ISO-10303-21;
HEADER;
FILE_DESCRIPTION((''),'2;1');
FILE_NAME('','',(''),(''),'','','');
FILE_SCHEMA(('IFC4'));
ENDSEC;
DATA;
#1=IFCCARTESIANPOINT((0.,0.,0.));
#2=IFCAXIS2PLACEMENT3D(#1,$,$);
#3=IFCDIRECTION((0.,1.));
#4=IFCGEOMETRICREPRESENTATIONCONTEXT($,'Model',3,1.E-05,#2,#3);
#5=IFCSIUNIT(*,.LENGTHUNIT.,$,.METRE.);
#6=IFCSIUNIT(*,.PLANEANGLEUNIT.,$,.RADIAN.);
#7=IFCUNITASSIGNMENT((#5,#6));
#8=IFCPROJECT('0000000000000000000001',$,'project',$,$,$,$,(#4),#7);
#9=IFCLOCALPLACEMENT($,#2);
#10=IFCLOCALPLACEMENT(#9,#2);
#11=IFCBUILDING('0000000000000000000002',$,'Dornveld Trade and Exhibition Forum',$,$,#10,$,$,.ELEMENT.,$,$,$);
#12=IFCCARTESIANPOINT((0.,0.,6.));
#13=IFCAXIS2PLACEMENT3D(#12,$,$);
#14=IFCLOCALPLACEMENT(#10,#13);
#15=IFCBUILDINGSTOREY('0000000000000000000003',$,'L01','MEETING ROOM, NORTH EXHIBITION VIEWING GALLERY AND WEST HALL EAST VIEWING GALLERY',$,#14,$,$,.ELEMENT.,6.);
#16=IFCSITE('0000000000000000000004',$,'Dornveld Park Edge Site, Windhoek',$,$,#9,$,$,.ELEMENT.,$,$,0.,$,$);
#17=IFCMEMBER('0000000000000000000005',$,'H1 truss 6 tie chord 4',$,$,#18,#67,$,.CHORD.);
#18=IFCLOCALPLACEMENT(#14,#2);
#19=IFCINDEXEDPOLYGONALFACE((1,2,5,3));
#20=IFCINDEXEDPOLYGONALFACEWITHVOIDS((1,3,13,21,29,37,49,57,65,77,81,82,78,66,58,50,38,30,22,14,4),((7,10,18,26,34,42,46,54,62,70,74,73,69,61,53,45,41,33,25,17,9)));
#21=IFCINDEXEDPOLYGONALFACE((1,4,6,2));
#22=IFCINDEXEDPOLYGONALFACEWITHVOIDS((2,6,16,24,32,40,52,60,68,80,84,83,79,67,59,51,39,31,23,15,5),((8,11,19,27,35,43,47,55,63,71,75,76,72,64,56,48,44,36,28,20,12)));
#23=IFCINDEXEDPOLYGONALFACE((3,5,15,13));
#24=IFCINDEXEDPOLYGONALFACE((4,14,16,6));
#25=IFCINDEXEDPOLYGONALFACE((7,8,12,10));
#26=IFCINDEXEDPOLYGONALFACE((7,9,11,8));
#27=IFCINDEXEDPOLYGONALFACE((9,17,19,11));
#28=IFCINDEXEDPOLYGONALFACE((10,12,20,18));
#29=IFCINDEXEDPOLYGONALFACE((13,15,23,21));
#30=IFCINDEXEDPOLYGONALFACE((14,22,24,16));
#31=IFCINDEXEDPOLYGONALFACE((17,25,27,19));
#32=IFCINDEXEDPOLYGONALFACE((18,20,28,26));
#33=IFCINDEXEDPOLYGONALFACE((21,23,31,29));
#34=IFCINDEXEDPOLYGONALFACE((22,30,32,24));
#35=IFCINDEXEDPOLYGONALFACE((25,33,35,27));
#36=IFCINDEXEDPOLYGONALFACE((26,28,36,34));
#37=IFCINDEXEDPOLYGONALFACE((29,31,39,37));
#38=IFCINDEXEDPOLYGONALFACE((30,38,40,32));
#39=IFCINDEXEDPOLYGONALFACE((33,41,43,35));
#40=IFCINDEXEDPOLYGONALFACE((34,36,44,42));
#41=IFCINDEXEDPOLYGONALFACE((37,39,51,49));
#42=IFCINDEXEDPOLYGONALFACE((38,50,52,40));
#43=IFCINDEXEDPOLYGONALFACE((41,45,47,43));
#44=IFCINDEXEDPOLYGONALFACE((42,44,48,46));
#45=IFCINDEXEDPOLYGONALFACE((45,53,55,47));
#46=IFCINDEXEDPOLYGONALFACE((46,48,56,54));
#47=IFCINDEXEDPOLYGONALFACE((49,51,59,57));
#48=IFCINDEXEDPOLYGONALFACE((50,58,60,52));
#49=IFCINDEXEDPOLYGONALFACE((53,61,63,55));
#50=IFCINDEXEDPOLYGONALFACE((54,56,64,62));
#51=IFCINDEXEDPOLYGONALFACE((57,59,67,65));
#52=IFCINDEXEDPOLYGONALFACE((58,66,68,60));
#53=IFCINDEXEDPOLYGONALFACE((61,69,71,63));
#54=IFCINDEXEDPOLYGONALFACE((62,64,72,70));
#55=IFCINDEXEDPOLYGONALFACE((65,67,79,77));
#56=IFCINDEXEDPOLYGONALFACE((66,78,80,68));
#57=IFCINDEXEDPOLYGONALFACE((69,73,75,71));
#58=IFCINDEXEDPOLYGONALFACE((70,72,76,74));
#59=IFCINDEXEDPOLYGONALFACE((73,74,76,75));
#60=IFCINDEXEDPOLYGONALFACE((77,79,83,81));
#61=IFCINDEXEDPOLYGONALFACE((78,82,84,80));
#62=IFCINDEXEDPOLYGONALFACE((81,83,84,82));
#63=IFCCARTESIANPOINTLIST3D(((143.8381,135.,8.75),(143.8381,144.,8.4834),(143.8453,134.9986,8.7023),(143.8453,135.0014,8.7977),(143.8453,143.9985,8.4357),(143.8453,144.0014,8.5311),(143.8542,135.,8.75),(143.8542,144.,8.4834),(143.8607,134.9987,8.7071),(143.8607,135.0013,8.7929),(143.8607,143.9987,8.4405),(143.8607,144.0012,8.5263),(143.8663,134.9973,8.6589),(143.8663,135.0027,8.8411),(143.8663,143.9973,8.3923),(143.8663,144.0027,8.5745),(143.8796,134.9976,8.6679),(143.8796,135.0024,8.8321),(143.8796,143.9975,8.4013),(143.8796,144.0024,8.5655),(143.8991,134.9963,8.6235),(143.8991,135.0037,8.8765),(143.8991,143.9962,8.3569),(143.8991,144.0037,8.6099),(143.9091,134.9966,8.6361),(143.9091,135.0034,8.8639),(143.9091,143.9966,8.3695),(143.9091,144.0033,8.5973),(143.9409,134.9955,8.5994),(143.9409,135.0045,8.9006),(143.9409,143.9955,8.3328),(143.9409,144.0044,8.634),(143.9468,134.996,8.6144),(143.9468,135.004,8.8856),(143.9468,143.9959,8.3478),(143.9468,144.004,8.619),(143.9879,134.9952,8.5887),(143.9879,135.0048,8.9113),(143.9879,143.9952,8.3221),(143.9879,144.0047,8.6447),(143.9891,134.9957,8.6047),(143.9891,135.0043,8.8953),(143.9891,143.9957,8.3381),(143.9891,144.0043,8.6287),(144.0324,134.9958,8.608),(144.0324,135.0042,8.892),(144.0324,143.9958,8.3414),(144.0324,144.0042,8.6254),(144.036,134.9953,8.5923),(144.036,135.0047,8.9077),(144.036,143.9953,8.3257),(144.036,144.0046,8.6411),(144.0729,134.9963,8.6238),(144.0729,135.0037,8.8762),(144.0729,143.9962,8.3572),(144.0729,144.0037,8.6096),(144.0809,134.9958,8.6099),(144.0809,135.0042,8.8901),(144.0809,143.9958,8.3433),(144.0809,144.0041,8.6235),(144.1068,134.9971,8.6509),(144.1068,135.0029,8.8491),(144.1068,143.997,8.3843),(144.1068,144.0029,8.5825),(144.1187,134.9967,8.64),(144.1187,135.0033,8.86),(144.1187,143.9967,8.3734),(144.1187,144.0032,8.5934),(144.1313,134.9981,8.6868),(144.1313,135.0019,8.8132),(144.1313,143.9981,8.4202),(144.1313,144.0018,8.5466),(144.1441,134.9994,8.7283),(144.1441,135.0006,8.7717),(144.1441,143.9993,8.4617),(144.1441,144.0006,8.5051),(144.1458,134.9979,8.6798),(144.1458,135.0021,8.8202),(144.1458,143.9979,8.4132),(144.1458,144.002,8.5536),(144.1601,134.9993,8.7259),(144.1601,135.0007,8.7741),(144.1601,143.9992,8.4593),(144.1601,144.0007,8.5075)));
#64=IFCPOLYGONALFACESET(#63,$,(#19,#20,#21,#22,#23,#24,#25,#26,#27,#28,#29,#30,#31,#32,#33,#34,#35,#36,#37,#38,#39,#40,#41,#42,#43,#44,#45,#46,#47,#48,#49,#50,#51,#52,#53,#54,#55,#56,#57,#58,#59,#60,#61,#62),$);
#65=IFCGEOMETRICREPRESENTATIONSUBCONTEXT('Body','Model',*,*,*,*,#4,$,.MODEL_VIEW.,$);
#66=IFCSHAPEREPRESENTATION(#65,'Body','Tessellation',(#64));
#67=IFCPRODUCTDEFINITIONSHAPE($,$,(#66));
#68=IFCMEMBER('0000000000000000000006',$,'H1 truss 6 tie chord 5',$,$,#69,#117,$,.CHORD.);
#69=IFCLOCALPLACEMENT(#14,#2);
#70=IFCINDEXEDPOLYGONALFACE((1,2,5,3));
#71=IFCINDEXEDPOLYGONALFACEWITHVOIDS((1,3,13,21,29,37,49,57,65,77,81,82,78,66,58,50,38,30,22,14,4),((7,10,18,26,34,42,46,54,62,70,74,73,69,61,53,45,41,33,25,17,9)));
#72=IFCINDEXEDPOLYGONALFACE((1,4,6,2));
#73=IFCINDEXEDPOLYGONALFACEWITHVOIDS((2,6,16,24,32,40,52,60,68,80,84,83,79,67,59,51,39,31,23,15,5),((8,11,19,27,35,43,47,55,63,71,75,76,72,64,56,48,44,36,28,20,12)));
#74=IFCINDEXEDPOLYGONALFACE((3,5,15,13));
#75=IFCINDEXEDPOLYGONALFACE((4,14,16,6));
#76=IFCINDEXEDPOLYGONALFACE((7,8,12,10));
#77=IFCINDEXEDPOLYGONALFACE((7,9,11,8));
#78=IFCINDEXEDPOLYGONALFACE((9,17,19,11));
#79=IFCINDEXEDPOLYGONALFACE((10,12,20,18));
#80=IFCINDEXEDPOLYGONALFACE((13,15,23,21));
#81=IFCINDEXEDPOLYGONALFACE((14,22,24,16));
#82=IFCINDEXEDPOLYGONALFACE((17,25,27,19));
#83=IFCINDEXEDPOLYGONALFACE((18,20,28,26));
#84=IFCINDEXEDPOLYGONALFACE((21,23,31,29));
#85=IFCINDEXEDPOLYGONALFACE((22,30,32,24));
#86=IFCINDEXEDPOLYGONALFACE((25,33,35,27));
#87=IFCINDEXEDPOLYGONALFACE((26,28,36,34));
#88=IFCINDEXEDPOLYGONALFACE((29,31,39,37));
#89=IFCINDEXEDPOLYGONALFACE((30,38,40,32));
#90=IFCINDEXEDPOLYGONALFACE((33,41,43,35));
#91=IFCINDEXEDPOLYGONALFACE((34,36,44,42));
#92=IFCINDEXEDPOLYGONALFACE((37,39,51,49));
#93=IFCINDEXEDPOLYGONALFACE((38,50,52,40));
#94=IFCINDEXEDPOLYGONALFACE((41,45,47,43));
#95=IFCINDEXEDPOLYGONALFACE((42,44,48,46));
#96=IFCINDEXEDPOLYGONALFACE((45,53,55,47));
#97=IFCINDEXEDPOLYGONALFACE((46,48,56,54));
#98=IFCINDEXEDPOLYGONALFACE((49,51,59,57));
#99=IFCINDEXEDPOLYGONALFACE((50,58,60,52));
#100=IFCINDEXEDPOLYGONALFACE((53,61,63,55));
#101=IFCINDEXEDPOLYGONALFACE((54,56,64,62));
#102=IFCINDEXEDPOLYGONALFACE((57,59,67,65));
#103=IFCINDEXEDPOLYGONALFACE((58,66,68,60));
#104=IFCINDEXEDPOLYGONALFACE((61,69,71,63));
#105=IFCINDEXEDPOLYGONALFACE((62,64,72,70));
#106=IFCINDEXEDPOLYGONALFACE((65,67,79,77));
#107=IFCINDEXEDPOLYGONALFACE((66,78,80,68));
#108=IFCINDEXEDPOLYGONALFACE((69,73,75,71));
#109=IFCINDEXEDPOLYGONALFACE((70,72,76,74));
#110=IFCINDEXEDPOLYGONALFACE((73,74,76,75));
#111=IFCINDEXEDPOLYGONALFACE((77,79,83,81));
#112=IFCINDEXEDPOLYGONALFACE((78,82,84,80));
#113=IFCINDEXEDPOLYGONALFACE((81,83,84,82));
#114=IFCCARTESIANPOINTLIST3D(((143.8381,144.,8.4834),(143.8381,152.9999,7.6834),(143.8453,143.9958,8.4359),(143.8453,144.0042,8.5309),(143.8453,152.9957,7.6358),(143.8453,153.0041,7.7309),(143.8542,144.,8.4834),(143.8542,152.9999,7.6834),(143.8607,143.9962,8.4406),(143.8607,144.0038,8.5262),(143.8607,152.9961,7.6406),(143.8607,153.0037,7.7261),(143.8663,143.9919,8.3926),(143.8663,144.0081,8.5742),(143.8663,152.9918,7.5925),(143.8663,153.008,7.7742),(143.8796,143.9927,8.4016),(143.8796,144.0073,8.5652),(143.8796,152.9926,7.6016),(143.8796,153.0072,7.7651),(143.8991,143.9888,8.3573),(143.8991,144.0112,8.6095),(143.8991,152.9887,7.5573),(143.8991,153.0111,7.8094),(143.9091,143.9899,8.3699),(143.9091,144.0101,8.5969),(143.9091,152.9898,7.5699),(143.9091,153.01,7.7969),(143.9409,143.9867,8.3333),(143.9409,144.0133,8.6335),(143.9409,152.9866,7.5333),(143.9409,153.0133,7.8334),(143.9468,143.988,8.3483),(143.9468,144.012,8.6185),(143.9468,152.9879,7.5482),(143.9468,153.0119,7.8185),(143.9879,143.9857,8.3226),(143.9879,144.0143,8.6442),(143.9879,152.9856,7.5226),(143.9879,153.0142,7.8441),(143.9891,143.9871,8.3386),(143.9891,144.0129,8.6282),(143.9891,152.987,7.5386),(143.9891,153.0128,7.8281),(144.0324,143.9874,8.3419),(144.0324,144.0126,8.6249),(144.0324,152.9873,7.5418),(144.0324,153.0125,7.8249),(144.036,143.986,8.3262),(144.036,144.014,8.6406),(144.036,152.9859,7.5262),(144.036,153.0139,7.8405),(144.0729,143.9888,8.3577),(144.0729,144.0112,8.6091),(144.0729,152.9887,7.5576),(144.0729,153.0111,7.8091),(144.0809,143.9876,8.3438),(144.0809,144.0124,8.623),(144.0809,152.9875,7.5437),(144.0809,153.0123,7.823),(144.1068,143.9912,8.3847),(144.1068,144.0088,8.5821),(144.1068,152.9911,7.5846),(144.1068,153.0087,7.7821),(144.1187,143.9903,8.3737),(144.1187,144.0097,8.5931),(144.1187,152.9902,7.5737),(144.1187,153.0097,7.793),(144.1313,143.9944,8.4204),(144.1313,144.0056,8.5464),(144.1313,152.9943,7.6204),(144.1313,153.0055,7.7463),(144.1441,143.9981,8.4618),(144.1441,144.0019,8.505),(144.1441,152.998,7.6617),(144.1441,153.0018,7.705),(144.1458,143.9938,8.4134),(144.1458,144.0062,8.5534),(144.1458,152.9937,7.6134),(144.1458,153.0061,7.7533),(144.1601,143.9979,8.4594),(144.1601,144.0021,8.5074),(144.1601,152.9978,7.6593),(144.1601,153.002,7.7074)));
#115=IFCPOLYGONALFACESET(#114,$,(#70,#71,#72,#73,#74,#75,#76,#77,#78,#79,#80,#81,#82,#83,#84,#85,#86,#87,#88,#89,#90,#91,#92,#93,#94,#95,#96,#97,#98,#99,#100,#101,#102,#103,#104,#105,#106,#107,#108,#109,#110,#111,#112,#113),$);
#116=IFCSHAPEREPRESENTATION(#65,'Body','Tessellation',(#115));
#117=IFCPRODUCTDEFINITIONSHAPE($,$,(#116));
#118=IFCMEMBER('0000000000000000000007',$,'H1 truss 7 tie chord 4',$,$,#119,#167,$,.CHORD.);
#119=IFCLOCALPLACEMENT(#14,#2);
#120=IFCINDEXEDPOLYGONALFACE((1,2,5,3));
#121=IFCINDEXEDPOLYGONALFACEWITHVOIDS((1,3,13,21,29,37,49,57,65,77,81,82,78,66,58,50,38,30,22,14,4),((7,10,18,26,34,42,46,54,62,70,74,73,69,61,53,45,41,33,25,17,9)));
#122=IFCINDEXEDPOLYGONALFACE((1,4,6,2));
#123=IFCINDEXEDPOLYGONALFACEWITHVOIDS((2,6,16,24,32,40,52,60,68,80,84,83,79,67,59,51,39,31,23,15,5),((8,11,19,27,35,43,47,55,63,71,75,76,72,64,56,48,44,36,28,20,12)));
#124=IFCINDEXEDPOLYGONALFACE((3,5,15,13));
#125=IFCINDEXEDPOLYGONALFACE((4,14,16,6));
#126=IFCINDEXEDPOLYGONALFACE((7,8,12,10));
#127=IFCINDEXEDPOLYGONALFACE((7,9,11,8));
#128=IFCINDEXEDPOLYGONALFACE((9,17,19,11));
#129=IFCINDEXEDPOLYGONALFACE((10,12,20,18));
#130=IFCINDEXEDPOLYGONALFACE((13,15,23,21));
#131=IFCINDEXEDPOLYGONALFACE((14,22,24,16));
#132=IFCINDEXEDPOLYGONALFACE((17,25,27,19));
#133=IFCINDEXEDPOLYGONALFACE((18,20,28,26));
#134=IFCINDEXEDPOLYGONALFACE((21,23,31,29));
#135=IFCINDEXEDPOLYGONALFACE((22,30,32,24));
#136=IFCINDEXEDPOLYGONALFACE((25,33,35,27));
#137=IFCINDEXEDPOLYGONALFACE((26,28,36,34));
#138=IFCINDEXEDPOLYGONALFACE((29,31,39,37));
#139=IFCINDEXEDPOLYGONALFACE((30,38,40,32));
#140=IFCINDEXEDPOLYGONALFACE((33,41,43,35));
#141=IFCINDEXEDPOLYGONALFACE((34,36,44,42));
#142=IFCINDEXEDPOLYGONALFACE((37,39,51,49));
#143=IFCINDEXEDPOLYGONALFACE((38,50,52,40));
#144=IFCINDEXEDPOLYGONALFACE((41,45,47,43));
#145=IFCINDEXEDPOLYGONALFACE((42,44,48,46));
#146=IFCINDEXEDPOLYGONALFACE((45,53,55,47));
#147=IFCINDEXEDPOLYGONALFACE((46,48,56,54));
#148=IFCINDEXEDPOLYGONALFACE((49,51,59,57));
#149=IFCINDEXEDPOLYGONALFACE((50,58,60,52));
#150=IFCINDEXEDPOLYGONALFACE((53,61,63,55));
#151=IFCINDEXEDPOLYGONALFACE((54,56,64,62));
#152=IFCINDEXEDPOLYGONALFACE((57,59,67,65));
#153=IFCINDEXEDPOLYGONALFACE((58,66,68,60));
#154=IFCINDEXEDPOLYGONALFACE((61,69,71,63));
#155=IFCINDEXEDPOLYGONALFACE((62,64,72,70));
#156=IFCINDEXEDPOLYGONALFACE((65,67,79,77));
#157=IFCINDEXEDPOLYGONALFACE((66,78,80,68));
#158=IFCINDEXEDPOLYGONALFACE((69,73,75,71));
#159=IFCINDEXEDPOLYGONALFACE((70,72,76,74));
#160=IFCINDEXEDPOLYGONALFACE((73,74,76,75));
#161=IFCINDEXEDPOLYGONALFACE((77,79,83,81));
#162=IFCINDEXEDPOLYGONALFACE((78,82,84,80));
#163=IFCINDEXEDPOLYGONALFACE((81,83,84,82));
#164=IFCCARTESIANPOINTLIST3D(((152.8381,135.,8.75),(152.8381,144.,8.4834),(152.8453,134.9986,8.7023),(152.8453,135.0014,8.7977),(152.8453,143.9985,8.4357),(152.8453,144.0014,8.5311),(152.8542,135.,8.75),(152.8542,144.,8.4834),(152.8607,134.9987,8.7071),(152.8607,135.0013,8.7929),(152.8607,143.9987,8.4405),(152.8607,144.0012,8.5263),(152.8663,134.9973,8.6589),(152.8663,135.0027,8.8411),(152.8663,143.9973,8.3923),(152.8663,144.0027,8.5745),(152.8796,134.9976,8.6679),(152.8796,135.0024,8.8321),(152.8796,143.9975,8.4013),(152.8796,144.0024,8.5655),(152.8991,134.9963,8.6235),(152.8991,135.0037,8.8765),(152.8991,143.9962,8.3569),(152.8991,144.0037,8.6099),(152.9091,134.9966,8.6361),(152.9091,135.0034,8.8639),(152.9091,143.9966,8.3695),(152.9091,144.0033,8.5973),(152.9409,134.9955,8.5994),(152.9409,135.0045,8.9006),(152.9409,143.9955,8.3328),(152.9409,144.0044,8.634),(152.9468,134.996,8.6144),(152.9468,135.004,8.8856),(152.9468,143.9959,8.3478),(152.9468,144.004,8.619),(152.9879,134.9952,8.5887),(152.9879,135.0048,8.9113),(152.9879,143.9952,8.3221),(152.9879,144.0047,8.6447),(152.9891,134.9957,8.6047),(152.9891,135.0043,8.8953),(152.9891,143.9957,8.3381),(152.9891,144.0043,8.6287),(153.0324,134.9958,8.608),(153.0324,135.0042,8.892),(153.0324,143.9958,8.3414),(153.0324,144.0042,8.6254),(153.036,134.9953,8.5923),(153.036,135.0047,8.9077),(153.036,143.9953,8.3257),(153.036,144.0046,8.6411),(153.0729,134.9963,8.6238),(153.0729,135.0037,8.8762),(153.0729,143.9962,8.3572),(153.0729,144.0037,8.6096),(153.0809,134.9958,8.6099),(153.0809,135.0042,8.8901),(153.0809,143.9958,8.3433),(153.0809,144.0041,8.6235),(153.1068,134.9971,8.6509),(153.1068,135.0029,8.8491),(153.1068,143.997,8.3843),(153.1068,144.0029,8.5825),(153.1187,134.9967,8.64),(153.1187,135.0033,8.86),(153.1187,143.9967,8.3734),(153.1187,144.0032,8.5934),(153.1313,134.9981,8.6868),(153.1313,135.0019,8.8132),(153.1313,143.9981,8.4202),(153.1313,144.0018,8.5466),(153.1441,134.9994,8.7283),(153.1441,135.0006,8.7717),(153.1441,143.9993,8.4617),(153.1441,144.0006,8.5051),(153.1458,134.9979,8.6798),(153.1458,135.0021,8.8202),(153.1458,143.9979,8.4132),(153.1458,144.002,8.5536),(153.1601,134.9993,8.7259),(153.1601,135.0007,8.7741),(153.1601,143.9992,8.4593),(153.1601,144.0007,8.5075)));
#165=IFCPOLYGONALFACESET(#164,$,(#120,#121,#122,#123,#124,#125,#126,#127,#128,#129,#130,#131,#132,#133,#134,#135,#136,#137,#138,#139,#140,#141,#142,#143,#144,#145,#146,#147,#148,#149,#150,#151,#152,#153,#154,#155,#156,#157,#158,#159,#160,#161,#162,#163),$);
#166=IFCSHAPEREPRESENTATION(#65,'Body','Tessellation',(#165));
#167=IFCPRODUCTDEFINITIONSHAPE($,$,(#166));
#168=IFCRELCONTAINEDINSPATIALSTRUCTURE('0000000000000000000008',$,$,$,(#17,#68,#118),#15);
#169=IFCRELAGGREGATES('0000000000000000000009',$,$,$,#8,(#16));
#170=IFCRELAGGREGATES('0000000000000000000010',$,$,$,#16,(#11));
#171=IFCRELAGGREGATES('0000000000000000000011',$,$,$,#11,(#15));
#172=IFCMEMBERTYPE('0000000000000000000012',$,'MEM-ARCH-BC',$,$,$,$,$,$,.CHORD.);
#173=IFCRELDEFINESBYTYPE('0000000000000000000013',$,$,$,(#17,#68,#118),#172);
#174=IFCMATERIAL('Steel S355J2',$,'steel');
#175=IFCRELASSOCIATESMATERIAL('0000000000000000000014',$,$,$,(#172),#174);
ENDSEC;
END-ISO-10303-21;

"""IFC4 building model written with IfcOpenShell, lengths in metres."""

from ifc_helpers import new_model, si_unit, direction, frame, origin, origin_2d, place, context, subcontext, project, spatial, hollow_circle, extrude, material, material_profile, profile_set, type_object, element, save


model = new_model("IFC4")

# Units and contexts
model_context = context("Model", 3, precision=1e-05, world=origin(), true_north=direction((0.0, 1.0)))
body_context = subcontext(model_context, "Body", "Model", "MODEL_VIEW")
ifc_project = project(units=[si_unit("LENGTHUNIT", "METRE"), si_unit("PLANEANGLEUNIT", "RADIAN")], contexts=[model_context])

# Site, building, storey
site_placement = place(None, origin())
site = spatial("IfcSite", under=ifc_project, at=site_placement, Name="Dornveld Park Edge Site, Windhoek", CompositionType="ELEMENT", RefElevation=0.0)
building_placement = place(site_placement, origin())
building = spatial("IfcBuilding", under=site, at=building_placement, Name="Dornveld Trade and Exhibition Forum", CompositionType="ELEMENT")
storey_placement = place(building_placement, frame((0.0, 0.0, 6.0)))
storey = spatial("IfcBuildingStorey", under=building, at=storey_placement, Name="L01", Description="MEETING ROOM, NORTH EXHIBITION VIEWING GALLERY AND WEST HALL EAST VIEWING GALLERY", CompositionType="ELEMENT", Elevation=6.0)

# Members
ifc_material_1 = material(Name="Steel S355J2", Category="steel")
ifc_material_profile_1 = material_profile(ifc_material_1, hollow_circle(Radius=0.1619, WallThickness=0.0161, at=origin_2d()), Name="CHS 323.9x16")
ifc_profile_set_1 = profile_set([ifc_material_profile_1], Name="Steel S355J2")
member_type_1 = type_object("IfcMemberType", Name="MEM-ARCH-BC", PredefinedType="CHORD", material=ifc_profile_set_1)
member_1_placement = place(storey_placement, frame((144.0, 135.0, 8.75), z_axis=(0.0, 0.999562, -0.029609), x_axis=(-1.0, 0.0, 0.0)))
element("IfcMember", 1, at=member_1_placement, inside=storey, type_object=member_type_1, Name="H1 truss 6 tie chord 4", PredefinedType="CHORD", context=body_context, shape_type="SweptSolid", body=[
    extrude(hollow_circle(Radius=0.1619, WallThickness=0.0161, at=origin_2d()), origin(), (0.0, 0.0, 1.0), 9.0039),
])
member_2_placement = place(storey_placement, frame((144.0, 144.0, 8.4834), z_axis=(0.0, 0.996072, -0.088545), x_axis=(-1.0, 0.0, 0.0)))
element("IfcMember", 2, at=member_2_placement, inside=storey, type_object=member_type_1, Name="H1 truss 6 tie chord 5", PredefinedType="CHORD", context=body_context, shape_type="SweptSolid", body=[
    extrude(hollow_circle(Radius=0.1619, WallThickness=0.0161, at=origin_2d()), origin(), (0.0, 0.0, 1.0), 9.0354),
])
member_3_placement = place(storey_placement, frame((153.0, 135.0, 8.75), z_axis=(0.0, 0.999562, -0.029609), x_axis=(-1.0, 0.0, 0.0)))
element("IfcMember", 3, at=member_3_placement, inside=storey, type_object=member_type_1, Name="H1 truss 7 tie chord 4", PredefinedType="CHORD", context=body_context, shape_type="SweptSolid", body=[
    extrude(hollow_circle(Radius=0.1619, WallThickness=0.0161, at=origin_2d()), origin(), (0.0, 0.0, 1.0), 9.0039),
])

save(model, "model.ifc")
